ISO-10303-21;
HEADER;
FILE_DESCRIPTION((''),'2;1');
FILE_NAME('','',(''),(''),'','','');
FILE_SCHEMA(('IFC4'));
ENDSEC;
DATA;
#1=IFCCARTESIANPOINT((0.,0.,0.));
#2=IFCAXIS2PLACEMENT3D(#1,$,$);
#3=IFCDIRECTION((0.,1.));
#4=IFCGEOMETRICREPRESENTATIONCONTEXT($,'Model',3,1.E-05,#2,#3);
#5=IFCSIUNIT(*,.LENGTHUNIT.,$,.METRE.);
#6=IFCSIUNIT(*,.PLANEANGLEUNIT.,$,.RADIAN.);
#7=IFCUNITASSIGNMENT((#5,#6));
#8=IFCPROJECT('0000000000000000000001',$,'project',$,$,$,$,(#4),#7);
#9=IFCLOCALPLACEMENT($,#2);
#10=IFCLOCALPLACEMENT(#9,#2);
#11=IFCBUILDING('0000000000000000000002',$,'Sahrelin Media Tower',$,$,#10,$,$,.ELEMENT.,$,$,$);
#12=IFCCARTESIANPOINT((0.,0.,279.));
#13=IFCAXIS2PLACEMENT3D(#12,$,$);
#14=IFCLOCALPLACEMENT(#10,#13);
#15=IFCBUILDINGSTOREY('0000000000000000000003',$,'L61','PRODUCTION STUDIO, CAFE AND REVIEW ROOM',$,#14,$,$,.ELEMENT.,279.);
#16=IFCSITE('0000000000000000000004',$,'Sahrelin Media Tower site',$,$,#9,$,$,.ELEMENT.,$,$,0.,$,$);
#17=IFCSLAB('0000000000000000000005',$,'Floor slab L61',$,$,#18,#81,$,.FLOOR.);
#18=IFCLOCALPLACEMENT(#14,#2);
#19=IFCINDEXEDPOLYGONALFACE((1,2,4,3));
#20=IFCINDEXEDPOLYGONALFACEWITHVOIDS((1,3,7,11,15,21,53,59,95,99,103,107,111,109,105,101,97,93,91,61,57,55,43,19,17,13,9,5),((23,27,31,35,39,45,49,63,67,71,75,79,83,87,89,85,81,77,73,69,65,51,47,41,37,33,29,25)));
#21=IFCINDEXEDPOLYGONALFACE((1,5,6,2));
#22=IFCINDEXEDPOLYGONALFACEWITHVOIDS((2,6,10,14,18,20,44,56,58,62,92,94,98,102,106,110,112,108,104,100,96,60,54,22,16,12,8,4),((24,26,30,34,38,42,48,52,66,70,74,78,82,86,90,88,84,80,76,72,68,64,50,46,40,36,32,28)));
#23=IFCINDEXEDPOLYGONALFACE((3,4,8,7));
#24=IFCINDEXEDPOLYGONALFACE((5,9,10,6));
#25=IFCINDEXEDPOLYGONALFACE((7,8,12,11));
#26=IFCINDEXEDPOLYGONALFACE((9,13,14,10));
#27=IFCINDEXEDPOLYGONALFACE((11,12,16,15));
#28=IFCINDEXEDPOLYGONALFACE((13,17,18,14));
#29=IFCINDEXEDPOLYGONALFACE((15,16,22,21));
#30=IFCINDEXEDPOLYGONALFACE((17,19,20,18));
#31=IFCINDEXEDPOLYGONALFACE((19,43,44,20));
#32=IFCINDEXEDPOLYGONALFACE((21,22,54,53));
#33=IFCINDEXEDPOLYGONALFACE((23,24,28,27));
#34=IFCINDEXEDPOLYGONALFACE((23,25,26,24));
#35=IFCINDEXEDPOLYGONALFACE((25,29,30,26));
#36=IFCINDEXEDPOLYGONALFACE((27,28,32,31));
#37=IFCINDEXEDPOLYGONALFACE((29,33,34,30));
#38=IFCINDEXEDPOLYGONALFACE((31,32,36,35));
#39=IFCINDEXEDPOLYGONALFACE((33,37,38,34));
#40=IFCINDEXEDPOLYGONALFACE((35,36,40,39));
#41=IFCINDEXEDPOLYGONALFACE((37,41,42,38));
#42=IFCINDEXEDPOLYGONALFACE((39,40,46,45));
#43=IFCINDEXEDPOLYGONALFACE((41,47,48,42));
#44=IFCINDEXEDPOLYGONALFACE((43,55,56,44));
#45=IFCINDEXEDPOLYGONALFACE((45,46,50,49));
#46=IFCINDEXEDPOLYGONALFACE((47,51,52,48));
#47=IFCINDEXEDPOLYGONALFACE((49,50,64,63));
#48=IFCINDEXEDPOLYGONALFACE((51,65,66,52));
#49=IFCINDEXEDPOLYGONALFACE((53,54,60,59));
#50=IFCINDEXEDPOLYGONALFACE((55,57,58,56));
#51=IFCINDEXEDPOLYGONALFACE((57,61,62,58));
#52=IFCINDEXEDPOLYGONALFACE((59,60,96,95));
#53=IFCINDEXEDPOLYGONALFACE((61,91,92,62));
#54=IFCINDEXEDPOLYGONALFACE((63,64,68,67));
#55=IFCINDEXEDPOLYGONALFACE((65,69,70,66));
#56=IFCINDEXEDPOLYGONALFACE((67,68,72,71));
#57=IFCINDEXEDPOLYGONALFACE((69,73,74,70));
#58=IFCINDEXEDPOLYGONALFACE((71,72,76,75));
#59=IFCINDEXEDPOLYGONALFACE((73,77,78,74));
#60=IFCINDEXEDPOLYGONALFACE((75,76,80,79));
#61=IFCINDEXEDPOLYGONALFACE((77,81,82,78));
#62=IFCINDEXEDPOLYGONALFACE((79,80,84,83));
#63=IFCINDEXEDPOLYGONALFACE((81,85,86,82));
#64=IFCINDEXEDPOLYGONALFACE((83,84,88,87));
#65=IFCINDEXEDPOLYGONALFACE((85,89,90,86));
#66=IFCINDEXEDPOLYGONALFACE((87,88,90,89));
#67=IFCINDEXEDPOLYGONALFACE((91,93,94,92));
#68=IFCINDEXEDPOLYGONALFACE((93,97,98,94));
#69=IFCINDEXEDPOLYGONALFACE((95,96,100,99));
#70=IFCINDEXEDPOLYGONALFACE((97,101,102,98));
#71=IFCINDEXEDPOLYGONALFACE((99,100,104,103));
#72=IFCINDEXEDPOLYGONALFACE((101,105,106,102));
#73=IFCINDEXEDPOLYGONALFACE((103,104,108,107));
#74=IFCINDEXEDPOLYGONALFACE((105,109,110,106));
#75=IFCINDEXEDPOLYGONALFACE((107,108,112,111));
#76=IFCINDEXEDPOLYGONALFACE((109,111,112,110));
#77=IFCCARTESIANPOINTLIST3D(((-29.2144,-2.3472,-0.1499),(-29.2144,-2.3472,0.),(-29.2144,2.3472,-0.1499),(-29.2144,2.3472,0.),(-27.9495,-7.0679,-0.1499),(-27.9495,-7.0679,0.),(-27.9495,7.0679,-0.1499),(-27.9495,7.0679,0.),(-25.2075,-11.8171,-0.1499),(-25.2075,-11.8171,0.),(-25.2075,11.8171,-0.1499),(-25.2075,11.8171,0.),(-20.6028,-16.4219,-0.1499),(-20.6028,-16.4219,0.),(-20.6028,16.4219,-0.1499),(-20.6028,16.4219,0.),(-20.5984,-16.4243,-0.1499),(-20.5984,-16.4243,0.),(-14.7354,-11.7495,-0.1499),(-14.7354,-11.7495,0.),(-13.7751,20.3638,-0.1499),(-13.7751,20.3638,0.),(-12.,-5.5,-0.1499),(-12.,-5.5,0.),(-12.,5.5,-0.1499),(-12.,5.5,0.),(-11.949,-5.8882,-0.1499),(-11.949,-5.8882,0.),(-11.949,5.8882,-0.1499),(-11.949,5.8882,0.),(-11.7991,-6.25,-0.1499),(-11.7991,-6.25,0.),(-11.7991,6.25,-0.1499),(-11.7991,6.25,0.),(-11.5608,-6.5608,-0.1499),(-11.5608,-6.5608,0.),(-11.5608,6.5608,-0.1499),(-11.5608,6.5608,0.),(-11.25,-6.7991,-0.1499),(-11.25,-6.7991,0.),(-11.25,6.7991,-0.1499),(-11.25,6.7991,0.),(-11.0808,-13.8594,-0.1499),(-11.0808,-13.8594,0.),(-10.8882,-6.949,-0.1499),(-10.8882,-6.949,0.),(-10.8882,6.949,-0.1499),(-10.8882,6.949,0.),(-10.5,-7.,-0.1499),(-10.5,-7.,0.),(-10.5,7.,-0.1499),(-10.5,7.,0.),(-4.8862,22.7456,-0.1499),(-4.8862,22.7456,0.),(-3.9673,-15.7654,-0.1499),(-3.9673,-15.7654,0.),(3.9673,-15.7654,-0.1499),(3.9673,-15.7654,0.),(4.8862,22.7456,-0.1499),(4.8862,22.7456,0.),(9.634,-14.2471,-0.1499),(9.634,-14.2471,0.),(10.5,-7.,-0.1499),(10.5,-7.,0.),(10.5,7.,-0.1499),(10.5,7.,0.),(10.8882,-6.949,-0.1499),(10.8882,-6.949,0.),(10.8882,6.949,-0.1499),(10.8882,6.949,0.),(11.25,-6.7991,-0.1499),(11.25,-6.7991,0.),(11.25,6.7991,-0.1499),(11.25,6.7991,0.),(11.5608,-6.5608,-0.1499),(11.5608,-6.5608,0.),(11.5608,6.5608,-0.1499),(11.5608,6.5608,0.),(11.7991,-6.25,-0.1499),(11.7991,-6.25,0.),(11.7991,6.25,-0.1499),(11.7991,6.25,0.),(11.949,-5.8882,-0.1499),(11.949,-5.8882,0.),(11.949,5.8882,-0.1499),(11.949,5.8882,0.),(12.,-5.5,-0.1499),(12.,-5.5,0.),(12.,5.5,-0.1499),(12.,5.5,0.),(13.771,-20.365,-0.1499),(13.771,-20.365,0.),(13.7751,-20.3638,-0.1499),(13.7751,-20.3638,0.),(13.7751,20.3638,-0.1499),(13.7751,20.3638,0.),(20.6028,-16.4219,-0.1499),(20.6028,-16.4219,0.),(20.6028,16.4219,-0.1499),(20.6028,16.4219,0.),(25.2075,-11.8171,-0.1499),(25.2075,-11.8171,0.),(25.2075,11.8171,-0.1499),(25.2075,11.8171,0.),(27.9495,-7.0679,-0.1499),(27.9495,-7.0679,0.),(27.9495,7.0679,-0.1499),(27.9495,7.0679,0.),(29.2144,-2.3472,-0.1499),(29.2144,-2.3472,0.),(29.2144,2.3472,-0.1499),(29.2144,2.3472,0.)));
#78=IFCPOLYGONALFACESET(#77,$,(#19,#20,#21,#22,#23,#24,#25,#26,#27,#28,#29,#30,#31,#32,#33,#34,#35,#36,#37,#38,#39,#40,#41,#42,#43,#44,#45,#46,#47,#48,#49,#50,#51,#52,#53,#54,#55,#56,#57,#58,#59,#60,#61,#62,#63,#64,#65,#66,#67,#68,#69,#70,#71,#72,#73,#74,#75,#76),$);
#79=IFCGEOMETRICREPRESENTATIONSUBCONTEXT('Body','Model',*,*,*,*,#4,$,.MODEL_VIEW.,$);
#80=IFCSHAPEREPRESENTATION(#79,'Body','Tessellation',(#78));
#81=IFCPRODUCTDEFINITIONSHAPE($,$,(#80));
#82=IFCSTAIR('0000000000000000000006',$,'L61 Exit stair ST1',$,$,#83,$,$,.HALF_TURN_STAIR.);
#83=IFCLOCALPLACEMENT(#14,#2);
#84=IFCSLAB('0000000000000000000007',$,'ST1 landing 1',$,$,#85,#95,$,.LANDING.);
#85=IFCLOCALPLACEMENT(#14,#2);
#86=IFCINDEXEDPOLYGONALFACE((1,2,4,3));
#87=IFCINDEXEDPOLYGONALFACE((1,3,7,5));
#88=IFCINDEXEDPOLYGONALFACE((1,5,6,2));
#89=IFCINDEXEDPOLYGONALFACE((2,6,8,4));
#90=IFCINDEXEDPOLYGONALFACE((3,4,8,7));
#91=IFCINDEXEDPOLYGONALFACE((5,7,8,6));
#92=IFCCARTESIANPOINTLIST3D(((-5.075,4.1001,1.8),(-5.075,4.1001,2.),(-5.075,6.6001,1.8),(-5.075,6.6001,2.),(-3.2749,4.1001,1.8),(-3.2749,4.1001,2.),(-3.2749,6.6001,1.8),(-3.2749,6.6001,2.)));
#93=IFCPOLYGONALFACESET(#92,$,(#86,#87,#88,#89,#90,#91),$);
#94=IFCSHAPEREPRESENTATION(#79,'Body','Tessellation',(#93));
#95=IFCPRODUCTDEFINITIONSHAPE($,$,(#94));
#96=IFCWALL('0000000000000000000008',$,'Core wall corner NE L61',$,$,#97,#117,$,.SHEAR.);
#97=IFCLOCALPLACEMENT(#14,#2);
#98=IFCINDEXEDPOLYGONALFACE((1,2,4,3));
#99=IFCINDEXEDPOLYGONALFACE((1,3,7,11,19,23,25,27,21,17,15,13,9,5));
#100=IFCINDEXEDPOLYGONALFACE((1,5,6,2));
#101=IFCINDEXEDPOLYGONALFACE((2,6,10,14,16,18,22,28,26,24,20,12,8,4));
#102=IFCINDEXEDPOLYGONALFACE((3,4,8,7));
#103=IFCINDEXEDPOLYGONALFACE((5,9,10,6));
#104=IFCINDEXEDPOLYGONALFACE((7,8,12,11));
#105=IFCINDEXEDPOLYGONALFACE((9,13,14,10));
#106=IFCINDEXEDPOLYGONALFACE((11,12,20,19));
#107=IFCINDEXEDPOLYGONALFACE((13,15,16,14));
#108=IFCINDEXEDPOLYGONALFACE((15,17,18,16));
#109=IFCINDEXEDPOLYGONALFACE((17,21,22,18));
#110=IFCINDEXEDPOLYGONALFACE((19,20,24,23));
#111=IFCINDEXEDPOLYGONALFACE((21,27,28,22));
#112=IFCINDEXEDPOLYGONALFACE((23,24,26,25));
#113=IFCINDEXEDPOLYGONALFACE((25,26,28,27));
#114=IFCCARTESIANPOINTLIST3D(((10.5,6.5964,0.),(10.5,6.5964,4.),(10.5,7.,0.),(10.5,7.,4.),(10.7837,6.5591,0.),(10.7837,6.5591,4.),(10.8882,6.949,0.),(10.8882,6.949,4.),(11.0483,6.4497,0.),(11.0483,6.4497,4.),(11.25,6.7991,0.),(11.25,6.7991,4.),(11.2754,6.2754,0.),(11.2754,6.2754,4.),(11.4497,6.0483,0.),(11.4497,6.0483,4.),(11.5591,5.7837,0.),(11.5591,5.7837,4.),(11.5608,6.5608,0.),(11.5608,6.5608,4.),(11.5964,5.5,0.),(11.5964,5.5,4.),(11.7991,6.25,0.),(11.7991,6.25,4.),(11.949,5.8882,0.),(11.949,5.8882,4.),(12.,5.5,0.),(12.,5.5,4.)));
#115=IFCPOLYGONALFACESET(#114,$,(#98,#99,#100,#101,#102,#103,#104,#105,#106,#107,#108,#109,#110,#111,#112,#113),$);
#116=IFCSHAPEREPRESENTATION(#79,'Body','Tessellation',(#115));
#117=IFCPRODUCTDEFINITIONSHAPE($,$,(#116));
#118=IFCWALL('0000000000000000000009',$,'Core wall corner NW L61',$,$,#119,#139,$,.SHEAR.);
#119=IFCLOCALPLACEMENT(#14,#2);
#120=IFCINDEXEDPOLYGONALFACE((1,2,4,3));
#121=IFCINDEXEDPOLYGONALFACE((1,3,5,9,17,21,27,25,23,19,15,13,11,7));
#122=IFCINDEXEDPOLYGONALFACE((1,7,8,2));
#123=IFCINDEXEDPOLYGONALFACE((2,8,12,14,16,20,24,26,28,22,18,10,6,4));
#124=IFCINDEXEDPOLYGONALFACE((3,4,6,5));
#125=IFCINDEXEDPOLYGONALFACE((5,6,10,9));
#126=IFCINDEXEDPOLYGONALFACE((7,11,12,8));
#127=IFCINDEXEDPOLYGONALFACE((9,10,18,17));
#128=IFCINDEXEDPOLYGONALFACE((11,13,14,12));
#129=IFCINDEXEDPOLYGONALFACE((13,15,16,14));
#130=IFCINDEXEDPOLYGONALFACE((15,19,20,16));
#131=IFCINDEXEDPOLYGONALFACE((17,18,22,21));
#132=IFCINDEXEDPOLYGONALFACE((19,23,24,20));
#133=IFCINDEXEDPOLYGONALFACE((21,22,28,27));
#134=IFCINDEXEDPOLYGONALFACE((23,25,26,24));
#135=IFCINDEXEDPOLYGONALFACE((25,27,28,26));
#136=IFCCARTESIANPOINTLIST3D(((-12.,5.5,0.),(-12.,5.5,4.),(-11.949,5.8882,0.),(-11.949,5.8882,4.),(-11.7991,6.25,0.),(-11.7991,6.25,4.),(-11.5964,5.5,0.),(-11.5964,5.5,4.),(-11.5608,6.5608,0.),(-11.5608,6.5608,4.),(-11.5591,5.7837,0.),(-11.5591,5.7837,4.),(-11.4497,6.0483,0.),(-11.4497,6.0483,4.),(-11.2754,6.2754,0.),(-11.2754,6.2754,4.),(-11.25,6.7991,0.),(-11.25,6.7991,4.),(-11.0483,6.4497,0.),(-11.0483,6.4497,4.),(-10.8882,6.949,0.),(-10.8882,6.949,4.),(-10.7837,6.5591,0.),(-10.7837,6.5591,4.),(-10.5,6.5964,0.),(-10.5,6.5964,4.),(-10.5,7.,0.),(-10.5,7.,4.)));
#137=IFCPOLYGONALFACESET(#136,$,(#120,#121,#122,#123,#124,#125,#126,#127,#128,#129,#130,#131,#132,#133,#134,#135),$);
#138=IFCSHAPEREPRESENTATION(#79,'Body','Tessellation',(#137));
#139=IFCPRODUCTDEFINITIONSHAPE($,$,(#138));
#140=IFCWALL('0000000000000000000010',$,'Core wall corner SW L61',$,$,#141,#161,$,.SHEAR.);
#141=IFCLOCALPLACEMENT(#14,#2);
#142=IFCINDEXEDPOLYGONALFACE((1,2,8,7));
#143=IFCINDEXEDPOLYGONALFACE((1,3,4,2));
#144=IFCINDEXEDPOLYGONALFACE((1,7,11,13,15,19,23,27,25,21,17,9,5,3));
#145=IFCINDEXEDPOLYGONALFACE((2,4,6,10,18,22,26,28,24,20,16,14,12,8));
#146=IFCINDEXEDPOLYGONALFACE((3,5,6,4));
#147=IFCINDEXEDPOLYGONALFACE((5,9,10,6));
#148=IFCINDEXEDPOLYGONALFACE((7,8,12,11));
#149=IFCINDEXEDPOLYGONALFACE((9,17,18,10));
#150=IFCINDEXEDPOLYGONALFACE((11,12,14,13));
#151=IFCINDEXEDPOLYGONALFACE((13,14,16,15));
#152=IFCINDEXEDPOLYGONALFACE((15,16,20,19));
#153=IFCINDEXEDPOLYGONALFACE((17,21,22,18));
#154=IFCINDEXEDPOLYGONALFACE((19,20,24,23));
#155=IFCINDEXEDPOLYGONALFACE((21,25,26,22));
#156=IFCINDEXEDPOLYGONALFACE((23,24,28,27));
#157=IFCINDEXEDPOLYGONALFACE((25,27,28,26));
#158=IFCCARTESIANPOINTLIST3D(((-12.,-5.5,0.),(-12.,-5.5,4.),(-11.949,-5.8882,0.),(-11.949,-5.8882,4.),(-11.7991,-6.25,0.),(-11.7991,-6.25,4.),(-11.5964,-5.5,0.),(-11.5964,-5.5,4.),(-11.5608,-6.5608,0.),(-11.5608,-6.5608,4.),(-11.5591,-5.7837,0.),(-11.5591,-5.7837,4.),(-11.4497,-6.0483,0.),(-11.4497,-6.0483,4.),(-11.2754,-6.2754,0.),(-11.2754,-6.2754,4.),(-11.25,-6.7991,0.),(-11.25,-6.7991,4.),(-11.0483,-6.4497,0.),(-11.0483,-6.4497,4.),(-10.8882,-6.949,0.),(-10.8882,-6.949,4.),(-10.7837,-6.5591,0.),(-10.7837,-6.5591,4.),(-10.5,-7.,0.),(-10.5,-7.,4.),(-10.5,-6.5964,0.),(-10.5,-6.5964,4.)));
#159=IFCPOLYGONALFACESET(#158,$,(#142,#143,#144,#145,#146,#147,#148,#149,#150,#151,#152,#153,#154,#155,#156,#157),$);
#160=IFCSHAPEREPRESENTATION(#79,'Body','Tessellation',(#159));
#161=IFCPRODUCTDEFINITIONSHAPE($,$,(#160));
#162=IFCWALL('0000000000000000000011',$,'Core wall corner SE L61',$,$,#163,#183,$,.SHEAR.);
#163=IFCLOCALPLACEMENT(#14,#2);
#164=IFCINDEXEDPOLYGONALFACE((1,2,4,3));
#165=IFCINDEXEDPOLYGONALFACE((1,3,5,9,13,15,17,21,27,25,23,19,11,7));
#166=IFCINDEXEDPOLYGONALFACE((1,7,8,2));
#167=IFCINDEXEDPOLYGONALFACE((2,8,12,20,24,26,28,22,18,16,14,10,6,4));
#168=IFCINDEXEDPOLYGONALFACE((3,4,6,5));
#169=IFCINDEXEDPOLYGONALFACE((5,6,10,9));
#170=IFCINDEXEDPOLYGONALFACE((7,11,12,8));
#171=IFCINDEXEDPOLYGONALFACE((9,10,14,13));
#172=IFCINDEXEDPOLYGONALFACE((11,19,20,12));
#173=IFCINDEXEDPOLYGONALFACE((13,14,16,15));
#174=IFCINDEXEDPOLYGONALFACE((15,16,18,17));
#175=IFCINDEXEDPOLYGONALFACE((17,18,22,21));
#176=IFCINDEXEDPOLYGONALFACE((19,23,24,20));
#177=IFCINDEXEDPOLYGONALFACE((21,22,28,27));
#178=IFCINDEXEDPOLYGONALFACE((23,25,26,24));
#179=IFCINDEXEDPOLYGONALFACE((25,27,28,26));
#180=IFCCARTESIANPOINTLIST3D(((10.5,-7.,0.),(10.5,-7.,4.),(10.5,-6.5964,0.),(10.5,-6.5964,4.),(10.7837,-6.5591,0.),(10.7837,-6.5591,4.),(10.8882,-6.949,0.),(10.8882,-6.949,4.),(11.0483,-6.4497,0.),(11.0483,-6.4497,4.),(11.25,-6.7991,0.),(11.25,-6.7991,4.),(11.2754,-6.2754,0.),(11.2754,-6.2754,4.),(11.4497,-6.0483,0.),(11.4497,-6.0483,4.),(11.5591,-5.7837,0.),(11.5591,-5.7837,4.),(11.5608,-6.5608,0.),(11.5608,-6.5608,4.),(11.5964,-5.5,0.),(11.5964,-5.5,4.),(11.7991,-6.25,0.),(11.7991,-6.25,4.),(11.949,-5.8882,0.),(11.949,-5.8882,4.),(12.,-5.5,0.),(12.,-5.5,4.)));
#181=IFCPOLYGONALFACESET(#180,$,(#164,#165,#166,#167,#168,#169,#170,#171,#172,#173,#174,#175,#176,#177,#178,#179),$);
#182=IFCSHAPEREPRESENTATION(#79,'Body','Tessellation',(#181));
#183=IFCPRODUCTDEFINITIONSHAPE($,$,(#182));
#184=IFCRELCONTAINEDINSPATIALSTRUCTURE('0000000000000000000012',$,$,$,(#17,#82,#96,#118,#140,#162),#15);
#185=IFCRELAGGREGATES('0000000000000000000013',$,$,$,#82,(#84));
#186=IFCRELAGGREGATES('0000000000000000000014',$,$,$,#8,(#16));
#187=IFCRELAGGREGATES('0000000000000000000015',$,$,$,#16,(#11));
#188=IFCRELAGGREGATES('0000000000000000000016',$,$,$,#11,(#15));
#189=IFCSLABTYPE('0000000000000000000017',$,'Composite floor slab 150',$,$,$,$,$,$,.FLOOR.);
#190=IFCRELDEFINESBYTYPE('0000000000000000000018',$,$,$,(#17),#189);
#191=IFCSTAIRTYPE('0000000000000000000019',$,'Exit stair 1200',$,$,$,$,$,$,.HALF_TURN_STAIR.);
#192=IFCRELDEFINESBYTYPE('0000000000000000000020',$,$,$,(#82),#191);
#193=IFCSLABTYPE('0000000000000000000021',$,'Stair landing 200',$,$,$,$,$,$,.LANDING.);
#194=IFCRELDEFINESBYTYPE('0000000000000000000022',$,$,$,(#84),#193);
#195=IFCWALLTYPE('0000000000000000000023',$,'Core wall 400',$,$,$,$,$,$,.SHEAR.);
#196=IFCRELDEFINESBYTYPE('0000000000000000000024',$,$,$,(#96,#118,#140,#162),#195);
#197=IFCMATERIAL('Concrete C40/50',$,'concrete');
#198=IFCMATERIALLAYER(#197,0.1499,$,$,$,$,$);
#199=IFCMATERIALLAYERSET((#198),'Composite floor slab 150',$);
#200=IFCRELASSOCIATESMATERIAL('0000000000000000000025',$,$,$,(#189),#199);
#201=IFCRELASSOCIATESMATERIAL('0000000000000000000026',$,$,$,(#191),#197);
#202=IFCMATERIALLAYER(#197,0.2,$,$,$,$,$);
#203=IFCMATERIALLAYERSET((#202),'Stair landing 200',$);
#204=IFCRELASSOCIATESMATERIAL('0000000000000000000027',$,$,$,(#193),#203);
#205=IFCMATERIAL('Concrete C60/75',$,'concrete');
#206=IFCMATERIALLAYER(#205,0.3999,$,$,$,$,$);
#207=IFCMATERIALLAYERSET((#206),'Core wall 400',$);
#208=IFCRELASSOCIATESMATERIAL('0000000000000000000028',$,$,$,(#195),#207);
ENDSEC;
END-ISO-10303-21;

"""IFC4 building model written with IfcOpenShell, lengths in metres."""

from ifc_helpers import new_model, si_unit, direction, frame, origin, place, context, subcontext, project, spatial, polyline, outline, extrude, material, layer, layer_set, type_object, element, aggregate, save


model = new_model("IFC4")

# Units and contexts
model_context = context("Model", 3, precision=1e-05, world=origin(), true_north=direction((0.0, 1.0)))
body_context = subcontext(model_context, "Body", "Model", "MODEL_VIEW")
ifc_project = project(units=[si_unit("LENGTHUNIT", "METRE"), si_unit("PLANEANGLEUNIT", "RADIAN")], contexts=[model_context])

# Site, building, storey
site_placement = place(None, origin())
site = spatial("IfcSite", under=ifc_project, at=site_placement, Name="Sahrelin Media Tower site", CompositionType="ELEMENT", RefElevation=0.0)
building_placement = place(site_placement, origin())
building = spatial("IfcBuilding", under=site, at=building_placement, Name="Sahrelin Media Tower", CompositionType="ELEMENT")
storey_placement = place(building_placement, frame((0.0, 0.0, 279.0)))
storey = spatial("IfcBuildingStorey", under=building, at=storey_placement, Name="L61", Description="PRODUCTION STUDIO, CAFE AND REVIEW ROOM", CompositionType="ELEMENT", Elevation=279.0)

# Slab
ifc_material_1 = material(Name="Concrete C40/50", Category="concrete")
ifc_layer_1 = layer(ifc_material_1, 0.1499)
ifc_layer_set_1 = layer_set([ifc_layer_1], Name="Composite floor slab 150")
slab_type_1 = type_object("IfcSlabType", Name="Composite floor slab 150", PredefinedType="FLOOR", material=ifc_layer_set_1)
slab_1_placement = place(storey_placement, frame((0.0, 0.0, -0.1499)))
element("IfcSlab", 1, at=slab_1_placement, inside=storey, type_object=slab_type_1, Name="Floor slab L61", PredefinedType="FLOOR", context=body_context, shape_type="SweptSolid", body=[
    extrude(outline(polyline([(27.9495, -7.0679), (29.2144, -2.3472), (29.2144, 2.3472), (27.9495, 7.0679), (25.2075, 11.8171), (20.6028, 16.4219), (13.7751, 20.3638), (4.8862, 22.7456), (-4.8862, 22.7456), (-13.7751, 20.3638), (-20.6028, 16.4219), (-25.2075, 11.8171), (-27.9495, 7.0679), (-29.2144, 2.3472), (-29.2144, -2.3472), (-27.9495, -7.0679), (-25.2075, -11.8171), (-20.6028, -16.4219), (-20.5984, -16.4243), (-14.7354, -11.7495), (-11.0808, -13.8594), (-3.9673, -15.7654), (3.9673, -15.7654), (9.634, -14.2471), (13.771, -20.365), (13.7751, -20.3638), (20.6028, -16.4219), (25.2075, -11.8171), (27.9495, -7.0679)]), holes=[polyline([(11.7991, 6.25), (11.949, 5.8882), (12.0, 5.5), (12.0, -5.5), (11.949, -5.8882), (11.7991, -6.25), (11.5608, -6.5608), (11.25, -6.7991), (10.8882, -6.949), (10.5, -7.0), (-10.5, -7.0), (-10.8882, -6.949), (-11.25, -6.7991), (-11.5608, -6.5608), (-11.7991, -6.25), (-11.949, -5.8882), (-12.0, -5.5), (-12.0, 5.5), (-11.949, 5.8882), (-11.7991, 6.25), (-11.5608, 6.5608), (-11.25, 6.7991), (-10.8882, 6.949), (-10.5, 7.0), (10.5, 7.0), (10.8882, 6.949), (11.25, 6.7991), (11.5608, 6.5608), (11.7991, 6.25)])]), origin(), (0.0, 0.0, 1.0), 0.1499),
])

# Stair, slab
stair_type = type_object("IfcStairType", Name="Exit stair 1200", PredefinedType="HALF_TURN_STAIR", material=ifc_material_1)
placement = place(storey_placement, origin())
stair = element("IfcStair", 2, at=placement, inside=storey, type_object=stair_type, Name="L61 Exit stair ST1", PredefinedType="HALF_TURN_STAIR")
ifc_layer_2 = layer(ifc_material_1, 0.2)
ifc_layer_set_2 = layer_set([ifc_layer_2], Name="Stair landing 200")
slab_type_2 = type_object("IfcSlabType", Name="Stair landing 200", PredefinedType="LANDING", material=ifc_layer_set_2)
slab_2_placement = place(storey_placement, frame((0.0, 0.0, 1.8)))
slab_2 = element("IfcSlab", 3, at=slab_2_placement, type_object=slab_type_2, Name="ST1 landing 1", PredefinedType="LANDING", context=body_context, shape_type="SweptSolid", body=[
    extrude(outline(polyline([(-5.075, 4.1001), (-3.2749, 4.1001), (-3.2749, 6.6001), (-5.075, 6.6001), (-5.075, 4.1001)])), origin(), (0.0, 0.0, 1.0), 0.2),
])
aggregate(stair, [slab_2])

# Walls
ifc_material_2 = material(Name="Concrete C60/75", Category="concrete")
ifc_layer_3 = layer(ifc_material_2, 0.3999)
ifc_layer_set_3 = layer_set([ifc_layer_3], Name="Core wall 400")
wall_type_1 = type_object("IfcWallType", Name="Core wall 400", PredefinedType="SHEAR", material=ifc_layer_set_3)
element("IfcWall", 4, at=placement, inside=storey, type_object=wall_type_1, Name="Core wall corner NE L61", PredefinedType="SHEAR", context=body_context, shape_type="SweptSolid", body=[
    extrude(outline(polyline([(10.5, 7.0), (10.5, 6.5964), (10.7837, 6.5591), (11.0483, 6.4497), (11.2754, 6.2754), (11.4497, 6.0483), (11.5591, 5.7837), (11.5964, 5.5), (12.0, 5.5), (11.949, 5.8882), (11.7991, 6.25), (11.5608, 6.5608), (11.25, 6.7991), (10.8882, 6.949), (10.5, 7.0)])), origin(), (0.0, 0.0, 1.0), 4.0),
])
element("IfcWall", 5, at=placement, inside=storey, type_object=wall_type_1, Name="Core wall corner NW L61", PredefinedType="SHEAR", context=body_context, shape_type="SweptSolid", body=[
    extrude(outline(polyline([(-12.0, 5.5), (-11.5964, 5.5), (-11.5591, 5.7837), (-11.4497, 6.0483), (-11.2754, 6.2754), (-11.0483, 6.4497), (-10.7837, 6.5591), (-10.5, 6.5964), (-10.5, 7.0), (-10.8882, 6.949), (-11.25, 6.7991), (-11.5608, 6.5608), (-11.7991, 6.25), (-11.949, 5.8882), (-12.0, 5.5)])), origin(), (0.0, 0.0, 1.0), 4.0),
])
element("IfcWall", 6, at=placement, inside=storey, type_object=wall_type_1, Name="Core wall corner SW L61", PredefinedType="SHEAR", context=body_context, shape_type="SweptSolid", body=[
    extrude(outline(polyline([(-10.5, -7.0), (-10.5, -6.5964), (-10.7837, -6.5591), (-11.0483, -6.4497), (-11.2754, -6.2754), (-11.4497, -6.0483), (-11.5591, -5.7837), (-11.5964, -5.5), (-12.0, -5.5), (-11.949, -5.8882), (-11.7991, -6.25), (-11.5608, -6.5608), (-11.25, -6.7991), (-10.8882, -6.949), (-10.5, -7.0)])), origin(), (0.0, 0.0, 1.0), 4.0),
])
element("IfcWall", 7, at=placement, inside=storey, type_object=wall_type_1, Name="Core wall corner SE L61", PredefinedType="SHEAR", context=body_context, shape_type="SweptSolid", body=[
    extrude(outline(polyline([(12.0, -5.5), (11.5964, -5.5), (11.5591, -5.7837), (11.4497, -6.0483), (11.2754, -6.2754), (11.0483, -6.4497), (10.7837, -6.5591), (10.5, -6.5964), (10.5, -7.0), (10.8882, -6.949), (11.25, -6.7991), (11.5608, -6.5608), (11.7991, -6.25), (11.949, -5.8882), (12.0, -5.5)])), origin(), (0.0, 0.0, 1.0), 4.0),
])

save(model, "model.ifc")
